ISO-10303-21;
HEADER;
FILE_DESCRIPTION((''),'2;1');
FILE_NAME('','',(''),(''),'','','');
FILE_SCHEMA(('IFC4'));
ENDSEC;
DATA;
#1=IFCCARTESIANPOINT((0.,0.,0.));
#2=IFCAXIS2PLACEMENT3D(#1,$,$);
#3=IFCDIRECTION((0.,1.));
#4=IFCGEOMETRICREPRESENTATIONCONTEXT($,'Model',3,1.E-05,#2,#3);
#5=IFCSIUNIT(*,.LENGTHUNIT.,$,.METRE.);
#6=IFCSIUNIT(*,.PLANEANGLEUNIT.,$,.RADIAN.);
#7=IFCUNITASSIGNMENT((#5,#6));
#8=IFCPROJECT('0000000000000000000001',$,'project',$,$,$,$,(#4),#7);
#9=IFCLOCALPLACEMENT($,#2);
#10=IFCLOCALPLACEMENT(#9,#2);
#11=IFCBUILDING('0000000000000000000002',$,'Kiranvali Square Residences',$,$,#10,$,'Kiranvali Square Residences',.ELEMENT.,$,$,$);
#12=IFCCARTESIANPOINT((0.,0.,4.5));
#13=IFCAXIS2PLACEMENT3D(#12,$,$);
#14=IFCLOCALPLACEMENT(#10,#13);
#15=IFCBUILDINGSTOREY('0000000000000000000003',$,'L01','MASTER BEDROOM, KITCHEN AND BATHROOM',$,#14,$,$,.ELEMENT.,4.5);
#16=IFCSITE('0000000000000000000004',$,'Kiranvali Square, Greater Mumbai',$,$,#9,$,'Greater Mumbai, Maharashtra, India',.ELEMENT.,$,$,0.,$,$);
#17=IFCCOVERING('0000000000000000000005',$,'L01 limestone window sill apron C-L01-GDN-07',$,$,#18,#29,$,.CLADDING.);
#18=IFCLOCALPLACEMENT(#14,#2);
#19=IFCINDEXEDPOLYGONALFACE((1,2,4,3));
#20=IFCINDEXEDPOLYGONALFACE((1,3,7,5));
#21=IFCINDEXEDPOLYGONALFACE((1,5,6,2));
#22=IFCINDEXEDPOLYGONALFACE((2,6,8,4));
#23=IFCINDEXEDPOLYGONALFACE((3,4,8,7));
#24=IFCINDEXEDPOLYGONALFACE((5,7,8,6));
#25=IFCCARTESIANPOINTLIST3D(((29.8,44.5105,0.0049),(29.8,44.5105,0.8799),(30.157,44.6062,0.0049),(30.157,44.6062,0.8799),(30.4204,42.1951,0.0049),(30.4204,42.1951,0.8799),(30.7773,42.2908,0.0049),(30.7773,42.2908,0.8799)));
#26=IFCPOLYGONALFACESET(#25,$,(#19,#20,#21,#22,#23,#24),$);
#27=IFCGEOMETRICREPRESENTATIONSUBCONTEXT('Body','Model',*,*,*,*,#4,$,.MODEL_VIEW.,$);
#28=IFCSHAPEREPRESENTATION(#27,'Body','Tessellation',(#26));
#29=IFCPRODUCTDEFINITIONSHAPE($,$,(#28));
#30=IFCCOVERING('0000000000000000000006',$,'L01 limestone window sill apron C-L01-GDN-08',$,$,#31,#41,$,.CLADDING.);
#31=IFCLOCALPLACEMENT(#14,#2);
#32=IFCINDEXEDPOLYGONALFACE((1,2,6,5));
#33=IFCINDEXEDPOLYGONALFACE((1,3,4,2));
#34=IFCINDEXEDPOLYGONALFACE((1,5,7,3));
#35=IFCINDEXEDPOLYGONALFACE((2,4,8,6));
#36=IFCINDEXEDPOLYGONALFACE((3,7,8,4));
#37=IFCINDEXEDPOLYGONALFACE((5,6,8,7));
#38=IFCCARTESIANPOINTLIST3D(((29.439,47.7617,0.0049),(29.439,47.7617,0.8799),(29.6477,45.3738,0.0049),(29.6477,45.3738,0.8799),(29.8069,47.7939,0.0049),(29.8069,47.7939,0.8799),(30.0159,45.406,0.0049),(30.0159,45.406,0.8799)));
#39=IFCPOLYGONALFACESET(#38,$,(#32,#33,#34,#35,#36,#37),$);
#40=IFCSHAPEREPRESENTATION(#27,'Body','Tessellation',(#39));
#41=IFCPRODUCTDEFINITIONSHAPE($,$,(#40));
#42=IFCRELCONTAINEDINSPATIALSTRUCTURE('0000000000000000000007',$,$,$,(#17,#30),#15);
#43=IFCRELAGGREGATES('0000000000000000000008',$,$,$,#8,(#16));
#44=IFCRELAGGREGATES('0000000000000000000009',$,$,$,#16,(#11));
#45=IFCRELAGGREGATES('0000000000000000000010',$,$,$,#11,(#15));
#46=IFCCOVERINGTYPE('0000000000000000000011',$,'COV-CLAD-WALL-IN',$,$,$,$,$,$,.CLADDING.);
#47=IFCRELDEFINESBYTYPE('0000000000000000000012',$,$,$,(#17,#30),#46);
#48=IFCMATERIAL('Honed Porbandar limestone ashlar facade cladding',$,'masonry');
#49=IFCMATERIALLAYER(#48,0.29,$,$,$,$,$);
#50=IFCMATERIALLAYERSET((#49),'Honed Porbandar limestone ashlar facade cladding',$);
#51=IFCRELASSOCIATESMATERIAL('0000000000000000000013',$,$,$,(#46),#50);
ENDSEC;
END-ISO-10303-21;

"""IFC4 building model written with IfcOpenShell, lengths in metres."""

from ifc_helpers import new_model, si_unit, direction, frame, origin, place, context, subcontext, project, spatial, polyline, outline, extrude, material, layer, layer_set, type_object, element, save


model = new_model("IFC4")

# Units and contexts
model_context = context("Model", 3, precision=1e-05, world=origin(), true_north=direction((0.0, 1.0)))
body_context = subcontext(model_context, "Body", "Model", "MODEL_VIEW")
ifc_project = project(units=[si_unit("LENGTHUNIT", "METRE"), si_unit("PLANEANGLEUNIT", "RADIAN")], contexts=[model_context])

# Site, building, storey
site_placement = place(None, origin())
site = spatial("IfcSite", under=ifc_project, at=site_placement, Name="Kiranvali Square, Greater Mumbai", LongName="Greater Mumbai, Maharashtra, India", CompositionType="ELEMENT", RefElevation=0.0)
building_placement = place(site_placement, origin())
building = spatial("IfcBuilding", under=site, at=building_placement, Name="Kiranvali Square Residences", LongName="Kiranvali Square Residences", CompositionType="ELEMENT")
storey_placement = place(building_placement, frame((0.0, 0.0, 4.5)))
storey = spatial("IfcBuildingStorey", under=building, at=storey_placement, Name="L01", Description="MASTER BEDROOM, KITCHEN AND BATHROOM", CompositionType="ELEMENT", Elevation=4.5)

# Coverings
ifc_material_1 = material(Name="Honed Porbandar limestone ashlar facade cladding", Category="masonry")
ifc_layer_1 = layer(ifc_material_1, 0.29)
ifc_layer_set_1 = layer_set([ifc_layer_1], Name="Honed Porbandar limestone ashlar facade cladding")
covering_type_1 = type_object("IfcCoveringType", Name="COV-CLAD-WALL-IN", PredefinedType="CLADDING", material=ifc_layer_set_1)
covering_1_placement = place(storey_placement, frame((0.0, 0.0, 0.0049)))
element("IfcCovering", 1, at=covering_1_placement, inside=storey, type_object=covering_type_1, Name="L01 limestone window sill apron C-L01-GDN-07", PredefinedType="CLADDING", context=body_context, shape_type="SweptSolid", body=[
    extrude(outline(polyline([(30.7773, 42.2908), (30.157, 44.6062), (29.8, 44.5105), (30.4204, 42.1951), (30.7773, 42.2908)])), origin(), (0.0, 0.0, 1.0), 0.875),
])
covering_2_placement = place(storey_placement, frame((0.0, 0.0, 0.0049)))
element("IfcCovering", 2, at=covering_2_placement, inside=storey, type_object=covering_type_1, Name="L01 limestone window sill apron C-L01-GDN-08", PredefinedType="CLADDING", context=body_context, shape_type="SweptSolid", body=[
    extrude(outline(polyline([(30.0159, 45.406), (29.8069, 47.7939), (29.439, 47.7617), (29.6477, 45.3738), (30.0159, 45.406)])), origin(), (0.0, 0.0, 1.0), 0.875),
])

save(model, "model.ifc")
